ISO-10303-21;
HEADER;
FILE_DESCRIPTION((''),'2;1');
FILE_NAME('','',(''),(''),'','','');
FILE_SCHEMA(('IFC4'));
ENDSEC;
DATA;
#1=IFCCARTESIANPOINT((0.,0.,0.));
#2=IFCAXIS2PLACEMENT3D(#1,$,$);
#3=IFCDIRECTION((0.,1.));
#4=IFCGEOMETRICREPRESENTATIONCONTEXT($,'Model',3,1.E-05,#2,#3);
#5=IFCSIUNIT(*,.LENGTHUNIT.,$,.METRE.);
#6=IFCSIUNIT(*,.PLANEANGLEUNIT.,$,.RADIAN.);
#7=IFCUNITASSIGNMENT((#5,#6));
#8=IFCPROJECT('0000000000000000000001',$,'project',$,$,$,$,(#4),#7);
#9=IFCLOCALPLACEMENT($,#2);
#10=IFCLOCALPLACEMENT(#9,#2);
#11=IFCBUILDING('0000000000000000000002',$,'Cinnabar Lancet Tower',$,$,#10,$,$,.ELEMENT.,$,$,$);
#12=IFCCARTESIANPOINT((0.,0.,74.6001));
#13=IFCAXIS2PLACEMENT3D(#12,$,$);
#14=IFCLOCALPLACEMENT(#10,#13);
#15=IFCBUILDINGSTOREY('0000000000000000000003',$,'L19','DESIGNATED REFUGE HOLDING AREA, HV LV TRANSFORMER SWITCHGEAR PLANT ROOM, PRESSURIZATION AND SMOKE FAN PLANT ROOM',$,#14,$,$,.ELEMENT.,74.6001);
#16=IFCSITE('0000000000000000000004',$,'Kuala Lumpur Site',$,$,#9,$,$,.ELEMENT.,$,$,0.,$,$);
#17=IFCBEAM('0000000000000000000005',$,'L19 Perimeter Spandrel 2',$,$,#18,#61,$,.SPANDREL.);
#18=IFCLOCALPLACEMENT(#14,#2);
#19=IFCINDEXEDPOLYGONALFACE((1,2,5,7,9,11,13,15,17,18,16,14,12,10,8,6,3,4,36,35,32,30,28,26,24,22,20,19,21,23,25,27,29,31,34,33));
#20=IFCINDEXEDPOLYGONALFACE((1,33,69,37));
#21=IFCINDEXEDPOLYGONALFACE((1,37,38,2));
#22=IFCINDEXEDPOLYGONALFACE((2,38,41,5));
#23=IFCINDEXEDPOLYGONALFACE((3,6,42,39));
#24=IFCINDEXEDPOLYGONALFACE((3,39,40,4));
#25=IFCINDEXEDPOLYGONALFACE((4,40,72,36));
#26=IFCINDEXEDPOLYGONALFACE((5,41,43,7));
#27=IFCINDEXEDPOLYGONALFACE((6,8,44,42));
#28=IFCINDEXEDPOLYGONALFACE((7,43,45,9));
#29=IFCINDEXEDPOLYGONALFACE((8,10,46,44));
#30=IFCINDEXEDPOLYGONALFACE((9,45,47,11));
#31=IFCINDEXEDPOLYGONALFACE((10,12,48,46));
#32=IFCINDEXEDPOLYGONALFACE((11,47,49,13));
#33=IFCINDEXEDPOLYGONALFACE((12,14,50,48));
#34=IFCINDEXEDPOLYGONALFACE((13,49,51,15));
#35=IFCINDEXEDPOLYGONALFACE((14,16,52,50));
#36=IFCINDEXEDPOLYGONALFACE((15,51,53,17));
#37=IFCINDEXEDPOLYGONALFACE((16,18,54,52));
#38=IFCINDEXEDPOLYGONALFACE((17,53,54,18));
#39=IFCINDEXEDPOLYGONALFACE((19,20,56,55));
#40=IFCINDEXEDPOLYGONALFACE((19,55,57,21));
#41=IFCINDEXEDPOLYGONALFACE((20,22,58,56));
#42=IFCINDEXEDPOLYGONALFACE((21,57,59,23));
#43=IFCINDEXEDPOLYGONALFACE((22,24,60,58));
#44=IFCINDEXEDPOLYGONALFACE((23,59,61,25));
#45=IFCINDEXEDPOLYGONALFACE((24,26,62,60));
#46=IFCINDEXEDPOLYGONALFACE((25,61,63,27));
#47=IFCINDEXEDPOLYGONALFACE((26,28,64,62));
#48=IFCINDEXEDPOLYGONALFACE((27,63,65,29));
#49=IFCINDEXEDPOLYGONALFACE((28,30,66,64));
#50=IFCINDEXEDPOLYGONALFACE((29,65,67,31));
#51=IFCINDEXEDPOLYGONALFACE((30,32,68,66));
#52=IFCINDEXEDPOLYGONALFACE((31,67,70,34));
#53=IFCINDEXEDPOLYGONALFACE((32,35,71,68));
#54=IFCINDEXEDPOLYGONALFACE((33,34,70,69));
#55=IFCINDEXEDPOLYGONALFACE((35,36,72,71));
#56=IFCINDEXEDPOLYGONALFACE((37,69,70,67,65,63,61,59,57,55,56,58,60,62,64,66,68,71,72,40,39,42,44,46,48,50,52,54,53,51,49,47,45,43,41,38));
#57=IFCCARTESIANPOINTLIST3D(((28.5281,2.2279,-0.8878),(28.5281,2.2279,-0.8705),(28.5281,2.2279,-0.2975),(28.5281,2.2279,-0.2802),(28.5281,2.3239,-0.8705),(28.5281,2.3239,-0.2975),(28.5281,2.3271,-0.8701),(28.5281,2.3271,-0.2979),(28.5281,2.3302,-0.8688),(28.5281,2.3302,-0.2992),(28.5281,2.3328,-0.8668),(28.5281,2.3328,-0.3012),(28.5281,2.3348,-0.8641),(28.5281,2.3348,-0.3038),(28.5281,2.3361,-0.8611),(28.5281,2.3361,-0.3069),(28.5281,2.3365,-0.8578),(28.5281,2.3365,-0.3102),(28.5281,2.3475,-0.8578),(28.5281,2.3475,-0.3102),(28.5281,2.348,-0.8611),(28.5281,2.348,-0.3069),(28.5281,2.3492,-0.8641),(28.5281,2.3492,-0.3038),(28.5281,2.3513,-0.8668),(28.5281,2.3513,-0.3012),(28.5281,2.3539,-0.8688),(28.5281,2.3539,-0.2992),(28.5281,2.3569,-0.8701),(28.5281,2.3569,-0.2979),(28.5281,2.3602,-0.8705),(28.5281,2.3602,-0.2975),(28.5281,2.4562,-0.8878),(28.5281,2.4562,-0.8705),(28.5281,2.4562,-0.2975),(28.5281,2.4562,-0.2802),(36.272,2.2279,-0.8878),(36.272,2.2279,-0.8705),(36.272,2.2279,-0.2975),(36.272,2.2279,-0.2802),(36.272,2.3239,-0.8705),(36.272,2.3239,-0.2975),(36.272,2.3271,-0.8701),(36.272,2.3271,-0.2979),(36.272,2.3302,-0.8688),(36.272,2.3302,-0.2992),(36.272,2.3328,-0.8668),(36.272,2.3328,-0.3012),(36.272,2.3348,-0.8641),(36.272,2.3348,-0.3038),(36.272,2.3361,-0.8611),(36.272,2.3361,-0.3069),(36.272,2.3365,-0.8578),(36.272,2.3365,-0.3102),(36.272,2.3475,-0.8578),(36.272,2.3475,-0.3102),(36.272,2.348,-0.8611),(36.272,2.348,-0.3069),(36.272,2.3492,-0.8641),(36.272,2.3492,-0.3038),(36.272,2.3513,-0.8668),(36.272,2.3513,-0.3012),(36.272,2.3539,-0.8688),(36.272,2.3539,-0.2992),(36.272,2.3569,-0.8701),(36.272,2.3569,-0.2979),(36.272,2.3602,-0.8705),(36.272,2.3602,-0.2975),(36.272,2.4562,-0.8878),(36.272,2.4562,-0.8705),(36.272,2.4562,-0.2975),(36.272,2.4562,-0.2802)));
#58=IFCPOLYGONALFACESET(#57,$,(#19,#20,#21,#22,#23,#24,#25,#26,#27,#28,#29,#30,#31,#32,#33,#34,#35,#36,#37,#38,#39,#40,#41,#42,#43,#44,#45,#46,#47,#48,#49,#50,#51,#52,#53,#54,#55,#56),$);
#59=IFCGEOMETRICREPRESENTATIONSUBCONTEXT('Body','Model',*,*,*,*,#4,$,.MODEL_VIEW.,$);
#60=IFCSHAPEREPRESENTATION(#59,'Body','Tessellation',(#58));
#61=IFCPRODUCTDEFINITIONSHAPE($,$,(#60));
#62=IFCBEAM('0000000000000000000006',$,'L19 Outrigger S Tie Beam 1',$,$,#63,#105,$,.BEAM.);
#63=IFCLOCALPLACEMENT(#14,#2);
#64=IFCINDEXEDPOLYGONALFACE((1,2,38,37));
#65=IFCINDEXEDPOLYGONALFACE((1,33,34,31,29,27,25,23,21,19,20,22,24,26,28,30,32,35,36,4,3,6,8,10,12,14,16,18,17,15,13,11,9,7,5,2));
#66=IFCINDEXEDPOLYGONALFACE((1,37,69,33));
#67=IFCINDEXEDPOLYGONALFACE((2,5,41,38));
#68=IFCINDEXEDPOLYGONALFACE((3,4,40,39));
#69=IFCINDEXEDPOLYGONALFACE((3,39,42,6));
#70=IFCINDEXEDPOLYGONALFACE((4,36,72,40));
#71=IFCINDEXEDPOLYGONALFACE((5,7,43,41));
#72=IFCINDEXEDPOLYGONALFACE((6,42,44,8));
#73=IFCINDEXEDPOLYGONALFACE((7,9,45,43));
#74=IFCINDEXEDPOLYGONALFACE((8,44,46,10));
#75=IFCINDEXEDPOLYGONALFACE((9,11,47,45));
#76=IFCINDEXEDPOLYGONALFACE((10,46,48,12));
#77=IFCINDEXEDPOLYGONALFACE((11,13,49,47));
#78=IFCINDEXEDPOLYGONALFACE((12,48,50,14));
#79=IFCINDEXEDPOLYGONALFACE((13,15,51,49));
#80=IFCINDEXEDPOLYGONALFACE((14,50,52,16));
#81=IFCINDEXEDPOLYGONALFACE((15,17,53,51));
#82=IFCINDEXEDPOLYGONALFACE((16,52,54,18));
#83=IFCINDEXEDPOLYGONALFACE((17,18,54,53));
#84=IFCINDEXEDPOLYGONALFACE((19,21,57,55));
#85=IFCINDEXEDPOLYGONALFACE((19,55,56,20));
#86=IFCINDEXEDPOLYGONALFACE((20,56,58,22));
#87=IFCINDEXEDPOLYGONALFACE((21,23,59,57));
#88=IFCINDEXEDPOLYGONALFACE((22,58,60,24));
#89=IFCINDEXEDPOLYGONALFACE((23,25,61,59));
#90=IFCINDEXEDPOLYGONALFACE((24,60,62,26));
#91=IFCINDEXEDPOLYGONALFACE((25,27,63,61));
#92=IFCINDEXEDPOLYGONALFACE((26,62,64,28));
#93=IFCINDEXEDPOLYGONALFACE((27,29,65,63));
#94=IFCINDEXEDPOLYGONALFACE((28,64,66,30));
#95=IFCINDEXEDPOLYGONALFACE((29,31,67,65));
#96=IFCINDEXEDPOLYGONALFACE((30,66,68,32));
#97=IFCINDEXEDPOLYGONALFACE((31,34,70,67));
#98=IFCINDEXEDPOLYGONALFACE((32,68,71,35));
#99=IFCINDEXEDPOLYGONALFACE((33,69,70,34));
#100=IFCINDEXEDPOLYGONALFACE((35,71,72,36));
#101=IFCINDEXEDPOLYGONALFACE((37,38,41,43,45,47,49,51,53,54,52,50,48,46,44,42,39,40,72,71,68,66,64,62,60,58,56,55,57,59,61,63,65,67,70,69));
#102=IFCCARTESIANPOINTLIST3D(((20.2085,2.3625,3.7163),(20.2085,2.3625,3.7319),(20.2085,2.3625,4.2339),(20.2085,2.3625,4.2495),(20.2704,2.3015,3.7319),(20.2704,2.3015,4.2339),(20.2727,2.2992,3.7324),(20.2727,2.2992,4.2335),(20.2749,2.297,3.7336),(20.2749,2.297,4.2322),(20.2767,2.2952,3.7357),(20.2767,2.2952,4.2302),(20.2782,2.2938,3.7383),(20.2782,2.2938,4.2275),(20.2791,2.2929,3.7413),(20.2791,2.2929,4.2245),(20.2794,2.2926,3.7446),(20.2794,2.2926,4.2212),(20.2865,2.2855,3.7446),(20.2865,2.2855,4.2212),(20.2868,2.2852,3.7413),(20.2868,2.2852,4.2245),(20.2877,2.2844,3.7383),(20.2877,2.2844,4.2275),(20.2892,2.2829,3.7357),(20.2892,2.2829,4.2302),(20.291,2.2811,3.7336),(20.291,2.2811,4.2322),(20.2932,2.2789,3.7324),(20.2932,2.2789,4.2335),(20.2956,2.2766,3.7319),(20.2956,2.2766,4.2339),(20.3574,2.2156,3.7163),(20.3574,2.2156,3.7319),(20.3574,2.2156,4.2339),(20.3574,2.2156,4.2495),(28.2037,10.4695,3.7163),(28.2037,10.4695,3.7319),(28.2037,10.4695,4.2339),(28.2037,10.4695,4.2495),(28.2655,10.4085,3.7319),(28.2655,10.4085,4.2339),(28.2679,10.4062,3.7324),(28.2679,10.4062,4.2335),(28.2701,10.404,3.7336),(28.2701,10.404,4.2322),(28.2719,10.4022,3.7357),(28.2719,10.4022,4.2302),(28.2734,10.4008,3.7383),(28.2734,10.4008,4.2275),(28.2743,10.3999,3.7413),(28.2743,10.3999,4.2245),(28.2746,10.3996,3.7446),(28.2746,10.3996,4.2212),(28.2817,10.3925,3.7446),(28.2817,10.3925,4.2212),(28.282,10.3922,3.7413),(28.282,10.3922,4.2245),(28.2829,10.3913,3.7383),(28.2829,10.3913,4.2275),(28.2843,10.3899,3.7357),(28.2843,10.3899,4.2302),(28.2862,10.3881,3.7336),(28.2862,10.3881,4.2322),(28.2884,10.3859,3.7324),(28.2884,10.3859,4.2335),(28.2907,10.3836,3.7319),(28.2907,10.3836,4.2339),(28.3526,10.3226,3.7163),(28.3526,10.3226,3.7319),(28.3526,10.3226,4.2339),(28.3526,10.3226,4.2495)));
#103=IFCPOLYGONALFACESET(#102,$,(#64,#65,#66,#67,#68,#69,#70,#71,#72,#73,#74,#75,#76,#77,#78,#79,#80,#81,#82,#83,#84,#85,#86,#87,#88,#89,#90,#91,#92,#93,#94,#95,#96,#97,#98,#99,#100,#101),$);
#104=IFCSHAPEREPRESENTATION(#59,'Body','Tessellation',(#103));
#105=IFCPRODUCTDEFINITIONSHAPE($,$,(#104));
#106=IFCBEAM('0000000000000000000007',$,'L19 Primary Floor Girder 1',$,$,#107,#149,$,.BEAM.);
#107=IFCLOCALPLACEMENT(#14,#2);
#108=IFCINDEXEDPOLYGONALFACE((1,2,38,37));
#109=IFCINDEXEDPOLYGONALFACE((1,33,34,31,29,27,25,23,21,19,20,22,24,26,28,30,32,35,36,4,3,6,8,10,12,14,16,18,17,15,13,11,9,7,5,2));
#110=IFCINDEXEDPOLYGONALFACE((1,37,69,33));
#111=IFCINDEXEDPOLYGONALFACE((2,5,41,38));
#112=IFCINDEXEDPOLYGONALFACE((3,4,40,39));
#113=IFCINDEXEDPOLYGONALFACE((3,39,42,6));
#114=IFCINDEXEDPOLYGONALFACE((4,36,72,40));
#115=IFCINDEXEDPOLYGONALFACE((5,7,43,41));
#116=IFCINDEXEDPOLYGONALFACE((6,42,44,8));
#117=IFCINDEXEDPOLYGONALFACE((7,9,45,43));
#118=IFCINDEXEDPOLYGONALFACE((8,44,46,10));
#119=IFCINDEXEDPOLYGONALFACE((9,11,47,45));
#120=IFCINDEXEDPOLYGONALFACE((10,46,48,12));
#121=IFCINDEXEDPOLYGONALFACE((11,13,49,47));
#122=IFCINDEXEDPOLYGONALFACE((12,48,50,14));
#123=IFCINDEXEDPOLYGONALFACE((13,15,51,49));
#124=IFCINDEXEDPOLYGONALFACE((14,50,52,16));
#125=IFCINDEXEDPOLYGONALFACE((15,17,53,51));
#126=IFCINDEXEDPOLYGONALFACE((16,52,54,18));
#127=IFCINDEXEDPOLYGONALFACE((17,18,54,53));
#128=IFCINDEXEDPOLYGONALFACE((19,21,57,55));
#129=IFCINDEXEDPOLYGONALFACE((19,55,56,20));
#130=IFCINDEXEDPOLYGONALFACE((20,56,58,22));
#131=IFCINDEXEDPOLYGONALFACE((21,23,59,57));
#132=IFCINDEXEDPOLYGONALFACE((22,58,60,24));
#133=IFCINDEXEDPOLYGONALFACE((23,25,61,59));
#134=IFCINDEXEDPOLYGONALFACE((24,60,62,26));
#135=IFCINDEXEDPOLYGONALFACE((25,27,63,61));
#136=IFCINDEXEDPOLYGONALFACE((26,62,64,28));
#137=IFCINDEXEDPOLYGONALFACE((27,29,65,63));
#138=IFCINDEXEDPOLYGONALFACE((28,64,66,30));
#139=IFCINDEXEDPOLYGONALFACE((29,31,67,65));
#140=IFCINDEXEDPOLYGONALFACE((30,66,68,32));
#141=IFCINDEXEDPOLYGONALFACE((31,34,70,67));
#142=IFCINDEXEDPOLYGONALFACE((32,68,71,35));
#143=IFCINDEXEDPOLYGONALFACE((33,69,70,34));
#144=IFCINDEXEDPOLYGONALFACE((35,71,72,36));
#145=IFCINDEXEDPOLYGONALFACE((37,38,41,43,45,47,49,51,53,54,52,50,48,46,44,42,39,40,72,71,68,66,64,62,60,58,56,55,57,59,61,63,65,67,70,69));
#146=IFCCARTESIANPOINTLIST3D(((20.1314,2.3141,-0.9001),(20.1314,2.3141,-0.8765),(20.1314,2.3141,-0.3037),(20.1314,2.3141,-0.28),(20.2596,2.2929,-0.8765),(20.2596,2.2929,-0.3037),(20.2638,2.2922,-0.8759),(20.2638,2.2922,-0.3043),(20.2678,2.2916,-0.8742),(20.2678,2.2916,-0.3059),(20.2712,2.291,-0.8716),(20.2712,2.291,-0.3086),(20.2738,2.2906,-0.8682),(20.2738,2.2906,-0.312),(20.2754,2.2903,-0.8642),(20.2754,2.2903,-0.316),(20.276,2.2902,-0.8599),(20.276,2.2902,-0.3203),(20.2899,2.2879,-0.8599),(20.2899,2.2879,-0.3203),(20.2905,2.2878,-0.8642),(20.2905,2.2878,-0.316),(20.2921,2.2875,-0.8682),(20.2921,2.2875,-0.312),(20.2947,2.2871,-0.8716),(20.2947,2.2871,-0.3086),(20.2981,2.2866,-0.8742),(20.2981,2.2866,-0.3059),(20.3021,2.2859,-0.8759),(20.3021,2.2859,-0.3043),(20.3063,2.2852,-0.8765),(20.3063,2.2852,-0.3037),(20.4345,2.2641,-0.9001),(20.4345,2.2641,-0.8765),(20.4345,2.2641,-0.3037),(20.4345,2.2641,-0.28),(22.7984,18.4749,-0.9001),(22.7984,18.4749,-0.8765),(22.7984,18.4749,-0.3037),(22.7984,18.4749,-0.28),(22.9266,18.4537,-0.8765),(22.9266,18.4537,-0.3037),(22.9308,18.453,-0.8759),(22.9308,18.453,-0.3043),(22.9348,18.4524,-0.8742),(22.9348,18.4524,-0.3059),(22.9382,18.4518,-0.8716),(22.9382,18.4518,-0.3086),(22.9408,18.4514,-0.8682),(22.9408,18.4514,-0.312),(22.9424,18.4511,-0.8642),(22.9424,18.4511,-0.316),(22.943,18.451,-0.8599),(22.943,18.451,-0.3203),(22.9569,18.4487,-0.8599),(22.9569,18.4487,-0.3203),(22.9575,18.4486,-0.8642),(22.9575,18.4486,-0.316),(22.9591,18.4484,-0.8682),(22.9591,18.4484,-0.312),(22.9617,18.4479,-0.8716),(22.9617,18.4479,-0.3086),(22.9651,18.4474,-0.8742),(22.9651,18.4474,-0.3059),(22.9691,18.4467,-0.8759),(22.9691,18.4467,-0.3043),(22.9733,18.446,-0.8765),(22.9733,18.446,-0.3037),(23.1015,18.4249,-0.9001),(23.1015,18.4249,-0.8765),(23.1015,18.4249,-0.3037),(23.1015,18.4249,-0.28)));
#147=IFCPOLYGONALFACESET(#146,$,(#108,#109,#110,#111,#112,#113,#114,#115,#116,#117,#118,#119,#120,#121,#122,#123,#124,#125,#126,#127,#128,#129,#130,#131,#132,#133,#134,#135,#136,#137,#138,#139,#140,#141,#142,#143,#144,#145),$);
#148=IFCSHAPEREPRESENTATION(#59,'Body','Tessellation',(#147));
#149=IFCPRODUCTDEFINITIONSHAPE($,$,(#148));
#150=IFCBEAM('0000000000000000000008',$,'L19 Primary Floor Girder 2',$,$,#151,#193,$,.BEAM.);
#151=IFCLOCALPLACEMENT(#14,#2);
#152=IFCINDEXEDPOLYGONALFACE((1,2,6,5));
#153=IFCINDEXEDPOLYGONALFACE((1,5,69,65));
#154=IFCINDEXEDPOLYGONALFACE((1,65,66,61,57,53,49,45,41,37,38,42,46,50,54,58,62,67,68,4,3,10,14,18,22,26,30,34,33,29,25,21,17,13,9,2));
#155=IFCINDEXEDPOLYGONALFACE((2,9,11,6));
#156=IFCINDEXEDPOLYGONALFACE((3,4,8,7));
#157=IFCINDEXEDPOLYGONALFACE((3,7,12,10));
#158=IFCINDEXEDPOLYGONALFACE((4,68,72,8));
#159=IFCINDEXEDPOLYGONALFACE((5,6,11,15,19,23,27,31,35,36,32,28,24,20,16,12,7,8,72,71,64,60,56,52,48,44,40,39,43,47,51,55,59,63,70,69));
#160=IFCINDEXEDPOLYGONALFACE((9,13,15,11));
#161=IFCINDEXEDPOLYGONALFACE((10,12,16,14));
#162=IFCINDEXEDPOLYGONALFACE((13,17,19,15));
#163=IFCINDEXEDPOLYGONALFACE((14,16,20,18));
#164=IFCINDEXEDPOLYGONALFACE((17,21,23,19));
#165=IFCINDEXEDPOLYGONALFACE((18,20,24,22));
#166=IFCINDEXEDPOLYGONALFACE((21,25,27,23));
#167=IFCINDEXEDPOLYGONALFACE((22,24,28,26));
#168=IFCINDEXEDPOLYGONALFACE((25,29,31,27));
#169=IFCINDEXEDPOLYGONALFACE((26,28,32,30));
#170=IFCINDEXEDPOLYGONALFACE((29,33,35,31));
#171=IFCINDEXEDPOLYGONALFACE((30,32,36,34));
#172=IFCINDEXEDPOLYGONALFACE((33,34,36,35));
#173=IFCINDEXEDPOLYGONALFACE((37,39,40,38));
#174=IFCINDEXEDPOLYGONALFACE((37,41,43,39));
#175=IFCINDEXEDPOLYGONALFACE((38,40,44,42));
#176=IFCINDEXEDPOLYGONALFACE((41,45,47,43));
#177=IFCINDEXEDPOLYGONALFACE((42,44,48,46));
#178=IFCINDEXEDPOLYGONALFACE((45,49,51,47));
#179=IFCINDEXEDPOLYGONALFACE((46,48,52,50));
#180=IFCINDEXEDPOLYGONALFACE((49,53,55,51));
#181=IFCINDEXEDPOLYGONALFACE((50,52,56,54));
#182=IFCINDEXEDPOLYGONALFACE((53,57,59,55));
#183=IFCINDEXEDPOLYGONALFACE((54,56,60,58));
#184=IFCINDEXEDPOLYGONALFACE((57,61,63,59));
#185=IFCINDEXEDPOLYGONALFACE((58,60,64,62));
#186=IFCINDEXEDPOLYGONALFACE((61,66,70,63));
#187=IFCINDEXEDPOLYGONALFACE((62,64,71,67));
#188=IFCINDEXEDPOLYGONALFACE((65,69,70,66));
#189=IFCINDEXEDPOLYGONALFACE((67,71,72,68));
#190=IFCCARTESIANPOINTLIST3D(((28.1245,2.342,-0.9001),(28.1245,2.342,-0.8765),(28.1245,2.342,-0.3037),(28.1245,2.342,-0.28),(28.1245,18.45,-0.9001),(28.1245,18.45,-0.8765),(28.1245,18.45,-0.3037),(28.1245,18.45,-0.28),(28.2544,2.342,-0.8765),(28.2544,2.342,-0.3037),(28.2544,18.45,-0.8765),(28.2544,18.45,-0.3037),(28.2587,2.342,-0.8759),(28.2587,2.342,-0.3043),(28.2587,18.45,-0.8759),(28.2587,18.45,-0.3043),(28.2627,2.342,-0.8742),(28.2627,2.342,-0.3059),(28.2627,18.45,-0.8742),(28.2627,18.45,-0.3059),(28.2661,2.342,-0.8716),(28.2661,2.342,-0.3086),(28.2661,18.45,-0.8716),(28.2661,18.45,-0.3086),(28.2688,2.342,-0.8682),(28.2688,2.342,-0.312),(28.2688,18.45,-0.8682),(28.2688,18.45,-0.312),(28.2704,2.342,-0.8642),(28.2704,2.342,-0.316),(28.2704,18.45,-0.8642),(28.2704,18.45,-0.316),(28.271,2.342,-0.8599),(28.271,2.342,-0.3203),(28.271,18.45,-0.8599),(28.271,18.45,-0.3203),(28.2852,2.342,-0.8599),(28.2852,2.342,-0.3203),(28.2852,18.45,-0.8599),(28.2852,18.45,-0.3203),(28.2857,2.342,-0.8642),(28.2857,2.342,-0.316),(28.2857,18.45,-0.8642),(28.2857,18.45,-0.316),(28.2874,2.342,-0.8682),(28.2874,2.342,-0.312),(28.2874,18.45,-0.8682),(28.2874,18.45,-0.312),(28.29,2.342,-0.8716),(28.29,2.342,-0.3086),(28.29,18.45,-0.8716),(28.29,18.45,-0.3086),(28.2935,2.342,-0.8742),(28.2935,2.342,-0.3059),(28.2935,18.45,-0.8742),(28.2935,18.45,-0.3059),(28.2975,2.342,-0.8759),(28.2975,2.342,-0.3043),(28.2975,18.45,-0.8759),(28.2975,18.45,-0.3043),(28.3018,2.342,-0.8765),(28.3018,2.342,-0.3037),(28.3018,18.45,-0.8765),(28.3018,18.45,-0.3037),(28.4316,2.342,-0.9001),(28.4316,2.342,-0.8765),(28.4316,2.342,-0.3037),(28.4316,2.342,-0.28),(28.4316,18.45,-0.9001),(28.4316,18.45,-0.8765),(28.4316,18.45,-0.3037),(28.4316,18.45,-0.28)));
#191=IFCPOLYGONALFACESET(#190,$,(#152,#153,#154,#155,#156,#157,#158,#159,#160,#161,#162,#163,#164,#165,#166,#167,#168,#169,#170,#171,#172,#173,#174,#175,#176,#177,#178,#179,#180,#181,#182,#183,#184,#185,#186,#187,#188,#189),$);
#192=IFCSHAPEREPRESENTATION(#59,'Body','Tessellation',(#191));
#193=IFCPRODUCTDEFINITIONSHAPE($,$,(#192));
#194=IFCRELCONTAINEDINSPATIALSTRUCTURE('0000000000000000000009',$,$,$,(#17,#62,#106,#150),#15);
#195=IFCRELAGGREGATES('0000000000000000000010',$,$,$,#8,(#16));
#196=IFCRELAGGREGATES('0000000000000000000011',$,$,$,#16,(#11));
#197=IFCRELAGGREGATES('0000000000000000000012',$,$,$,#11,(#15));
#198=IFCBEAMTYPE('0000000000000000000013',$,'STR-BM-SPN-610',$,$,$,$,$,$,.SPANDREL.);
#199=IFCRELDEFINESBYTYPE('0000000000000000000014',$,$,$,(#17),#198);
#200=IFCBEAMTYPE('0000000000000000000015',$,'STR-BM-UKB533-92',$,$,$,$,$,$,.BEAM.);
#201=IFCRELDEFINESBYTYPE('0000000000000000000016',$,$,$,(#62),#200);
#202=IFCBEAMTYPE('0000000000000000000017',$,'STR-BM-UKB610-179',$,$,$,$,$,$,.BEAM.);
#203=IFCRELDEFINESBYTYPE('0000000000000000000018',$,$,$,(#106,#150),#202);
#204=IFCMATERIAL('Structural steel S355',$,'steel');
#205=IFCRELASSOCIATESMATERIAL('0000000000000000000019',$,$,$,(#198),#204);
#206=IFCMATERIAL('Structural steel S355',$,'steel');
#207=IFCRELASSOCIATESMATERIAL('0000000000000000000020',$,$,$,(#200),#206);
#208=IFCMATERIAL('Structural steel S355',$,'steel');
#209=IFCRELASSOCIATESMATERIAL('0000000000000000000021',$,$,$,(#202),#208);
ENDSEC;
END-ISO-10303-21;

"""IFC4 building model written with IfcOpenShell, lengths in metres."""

from ifc_helpers import new_model, si_unit, direction, frame, origin, origin_2d, place, context, subcontext, project, spatial, i_section, extrude, material, material_profile, profile_set, type_object, element, save


model = new_model("IFC4")

# Units and contexts
model_context = context("Model", 3, precision=1e-05, world=origin(), true_north=direction((0.0, 1.0)))
body_context = subcontext(model_context, "Body", "Model", "MODEL_VIEW")
ifc_project = project(units=[si_unit("LENGTHUNIT", "METRE"), si_unit("PLANEANGLEUNIT", "RADIAN")], contexts=[model_context])

# Site, building, storey
site_placement = place(None, origin())
site = spatial("IfcSite", under=ifc_project, at=site_placement, Name="Kuala Lumpur Site", CompositionType="ELEMENT", RefElevation=0.0)
building_placement = place(site_placement, origin())
building = spatial("IfcBuilding", under=site, at=building_placement, Name="Cinnabar Lancet Tower", CompositionType="ELEMENT")
storey_placement = place(building_placement, frame((0.0, 0.0, 74.6001)))
storey = spatial("IfcBuildingStorey", under=building, at=storey_placement, Name="L19", Description="DESIGNATED REFUGE HOLDING AREA, HV LV TRANSFORMER SWITCHGEAR PLANT ROOM, PRESSURIZATION AND SMOKE FAN PLANT ROOM", CompositionType="ELEMENT", Elevation=74.6001)

# Beams
ifc_material_1 = material(Name="Structural steel S355", Category="steel")
ifc_material_profile_1 = material_profile(ifc_material_1, i_section(OverallWidth=0.2283, OverallDepth=0.6077, WebThickness=0.011, FlangeThickness=0.0173, FilletRadius=0.0127, at=origin_2d()), Name="UKB 610x229x113")
ifc_profile_set_1 = profile_set([ifc_material_profile_1], Name="Structural steel S355")
beam_type_1 = type_object("IfcBeamType", Name="STR-BM-SPN-610", PredefinedType="SPANDREL", material=ifc_profile_set_1)
beam_1_placement = place(storey_placement, frame((28.5281, 2.342, -0.584), z_axis=(1.0, 0.0, 0.0), x_axis=(0.0, 1.0, 0.0)))
element("IfcBeam", 1, at=beam_1_placement, inside=storey, type_object=beam_type_1, Name="L19 Perimeter Spandrel 2", PredefinedType="SPANDREL", context=body_context, shape_type="SweptSolid", body=[
    extrude(i_section(OverallWidth=0.2283, OverallDepth=0.6077, WebThickness=0.011, FlangeThickness=0.0173, FilletRadius=0.0127, at=origin_2d()), origin(), (0.0, 0.0, 1.0), 7.7439),
])
ifc_material_2 = material(Name="Structural steel S355", Category="steel")
ifc_material_profile_2 = material_profile(ifc_material_2, i_section(OverallWidth=0.2092, OverallDepth=0.5332, WebThickness=0.01, FlangeThickness=0.0156, FilletRadius=0.0127, at=origin_2d()), Name="UKB 533x210x92")
ifc_profile_set_2 = profile_set([ifc_material_profile_2], Name="Structural steel S355")
beam_type_2 = type_object("IfcBeamType", Name="STR-BM-UKB533-92", PredefinedType="BEAM", material=ifc_profile_set_2)
beam_2_placement = place(storey_placement, frame((20.283, 2.2891, 3.9829), z_axis=(0.70218, 0.712, 0.0), x_axis=(-0.712, 0.70218, 0.0)))
element("IfcBeam", 2, at=beam_2_placement, inside=storey, type_object=beam_type_2, Name="L19 Outrigger S Tie Beam 1", PredefinedType="BEAM", context=body_context, shape_type="SweptSolid", body=[
    extrude(i_section(OverallWidth=0.2092, OverallDepth=0.5332, WebThickness=0.01, FlangeThickness=0.0156, FilletRadius=0.0127, at=origin_2d()), origin(), (0.0, 0.0, 1.0), 11.3862),
])
ifc_material_3 = material(Name="Structural steel S355", Category="steel")
ifc_material_profile_3 = material_profile(ifc_material_3, i_section(OverallWidth=0.3071, OverallDepth=0.6201, WebThickness=0.0142, FlangeThickness=0.0237, FilletRadius=0.0166, at=origin_2d()), Name="UKB 610x305x179")
ifc_profile_set_3 = profile_set([ifc_material_profile_3], Name="Structural steel S355")
beam_type_3 = type_object("IfcBeamType", Name="STR-BM-UKB610-179", PredefinedType="BEAM", material=ifc_profile_set_3)
beam_3_placement = place(storey_placement, frame((20.283, 2.2891, -0.5901), z_axis=(0.162825, 0.986655, 0.0), x_axis=(-0.986655, 0.162825, 0.0)))
element("IfcBeam", 3, at=beam_3_placement, inside=storey, type_object=beam_type_3, Name="L19 Primary Floor Girder 1", PredefinedType="BEAM", context=body_context, shape_type="SweptSolid", body=[
    extrude(i_section(OverallWidth=0.3071, OverallDepth=0.6201, WebThickness=0.0142, FlangeThickness=0.0237, FilletRadius=0.0166, at=origin_2d()), origin(), (0.0, 0.0, 1.0), 16.3794),
])
beam_4_placement = place(storey_placement, frame((28.2781, 2.342, -0.5901), z_axis=(0.0, 1.0, 0.0), x_axis=(-1.0, 0.0, 0.0)))
element("IfcBeam", 4, at=beam_4_placement, inside=storey, type_object=beam_type_3, Name="L19 Primary Floor Girder 2", PredefinedType="BEAM", context=body_context, shape_type="SweptSolid", body=[
    extrude(i_section(OverallWidth=0.3071, OverallDepth=0.6201, WebThickness=0.0142, FlangeThickness=0.0237, FilletRadius=0.0166, at=origin_2d()), origin(), (0.0, 0.0, 1.0), 16.1079),
])

save(model, "model.ifc")
